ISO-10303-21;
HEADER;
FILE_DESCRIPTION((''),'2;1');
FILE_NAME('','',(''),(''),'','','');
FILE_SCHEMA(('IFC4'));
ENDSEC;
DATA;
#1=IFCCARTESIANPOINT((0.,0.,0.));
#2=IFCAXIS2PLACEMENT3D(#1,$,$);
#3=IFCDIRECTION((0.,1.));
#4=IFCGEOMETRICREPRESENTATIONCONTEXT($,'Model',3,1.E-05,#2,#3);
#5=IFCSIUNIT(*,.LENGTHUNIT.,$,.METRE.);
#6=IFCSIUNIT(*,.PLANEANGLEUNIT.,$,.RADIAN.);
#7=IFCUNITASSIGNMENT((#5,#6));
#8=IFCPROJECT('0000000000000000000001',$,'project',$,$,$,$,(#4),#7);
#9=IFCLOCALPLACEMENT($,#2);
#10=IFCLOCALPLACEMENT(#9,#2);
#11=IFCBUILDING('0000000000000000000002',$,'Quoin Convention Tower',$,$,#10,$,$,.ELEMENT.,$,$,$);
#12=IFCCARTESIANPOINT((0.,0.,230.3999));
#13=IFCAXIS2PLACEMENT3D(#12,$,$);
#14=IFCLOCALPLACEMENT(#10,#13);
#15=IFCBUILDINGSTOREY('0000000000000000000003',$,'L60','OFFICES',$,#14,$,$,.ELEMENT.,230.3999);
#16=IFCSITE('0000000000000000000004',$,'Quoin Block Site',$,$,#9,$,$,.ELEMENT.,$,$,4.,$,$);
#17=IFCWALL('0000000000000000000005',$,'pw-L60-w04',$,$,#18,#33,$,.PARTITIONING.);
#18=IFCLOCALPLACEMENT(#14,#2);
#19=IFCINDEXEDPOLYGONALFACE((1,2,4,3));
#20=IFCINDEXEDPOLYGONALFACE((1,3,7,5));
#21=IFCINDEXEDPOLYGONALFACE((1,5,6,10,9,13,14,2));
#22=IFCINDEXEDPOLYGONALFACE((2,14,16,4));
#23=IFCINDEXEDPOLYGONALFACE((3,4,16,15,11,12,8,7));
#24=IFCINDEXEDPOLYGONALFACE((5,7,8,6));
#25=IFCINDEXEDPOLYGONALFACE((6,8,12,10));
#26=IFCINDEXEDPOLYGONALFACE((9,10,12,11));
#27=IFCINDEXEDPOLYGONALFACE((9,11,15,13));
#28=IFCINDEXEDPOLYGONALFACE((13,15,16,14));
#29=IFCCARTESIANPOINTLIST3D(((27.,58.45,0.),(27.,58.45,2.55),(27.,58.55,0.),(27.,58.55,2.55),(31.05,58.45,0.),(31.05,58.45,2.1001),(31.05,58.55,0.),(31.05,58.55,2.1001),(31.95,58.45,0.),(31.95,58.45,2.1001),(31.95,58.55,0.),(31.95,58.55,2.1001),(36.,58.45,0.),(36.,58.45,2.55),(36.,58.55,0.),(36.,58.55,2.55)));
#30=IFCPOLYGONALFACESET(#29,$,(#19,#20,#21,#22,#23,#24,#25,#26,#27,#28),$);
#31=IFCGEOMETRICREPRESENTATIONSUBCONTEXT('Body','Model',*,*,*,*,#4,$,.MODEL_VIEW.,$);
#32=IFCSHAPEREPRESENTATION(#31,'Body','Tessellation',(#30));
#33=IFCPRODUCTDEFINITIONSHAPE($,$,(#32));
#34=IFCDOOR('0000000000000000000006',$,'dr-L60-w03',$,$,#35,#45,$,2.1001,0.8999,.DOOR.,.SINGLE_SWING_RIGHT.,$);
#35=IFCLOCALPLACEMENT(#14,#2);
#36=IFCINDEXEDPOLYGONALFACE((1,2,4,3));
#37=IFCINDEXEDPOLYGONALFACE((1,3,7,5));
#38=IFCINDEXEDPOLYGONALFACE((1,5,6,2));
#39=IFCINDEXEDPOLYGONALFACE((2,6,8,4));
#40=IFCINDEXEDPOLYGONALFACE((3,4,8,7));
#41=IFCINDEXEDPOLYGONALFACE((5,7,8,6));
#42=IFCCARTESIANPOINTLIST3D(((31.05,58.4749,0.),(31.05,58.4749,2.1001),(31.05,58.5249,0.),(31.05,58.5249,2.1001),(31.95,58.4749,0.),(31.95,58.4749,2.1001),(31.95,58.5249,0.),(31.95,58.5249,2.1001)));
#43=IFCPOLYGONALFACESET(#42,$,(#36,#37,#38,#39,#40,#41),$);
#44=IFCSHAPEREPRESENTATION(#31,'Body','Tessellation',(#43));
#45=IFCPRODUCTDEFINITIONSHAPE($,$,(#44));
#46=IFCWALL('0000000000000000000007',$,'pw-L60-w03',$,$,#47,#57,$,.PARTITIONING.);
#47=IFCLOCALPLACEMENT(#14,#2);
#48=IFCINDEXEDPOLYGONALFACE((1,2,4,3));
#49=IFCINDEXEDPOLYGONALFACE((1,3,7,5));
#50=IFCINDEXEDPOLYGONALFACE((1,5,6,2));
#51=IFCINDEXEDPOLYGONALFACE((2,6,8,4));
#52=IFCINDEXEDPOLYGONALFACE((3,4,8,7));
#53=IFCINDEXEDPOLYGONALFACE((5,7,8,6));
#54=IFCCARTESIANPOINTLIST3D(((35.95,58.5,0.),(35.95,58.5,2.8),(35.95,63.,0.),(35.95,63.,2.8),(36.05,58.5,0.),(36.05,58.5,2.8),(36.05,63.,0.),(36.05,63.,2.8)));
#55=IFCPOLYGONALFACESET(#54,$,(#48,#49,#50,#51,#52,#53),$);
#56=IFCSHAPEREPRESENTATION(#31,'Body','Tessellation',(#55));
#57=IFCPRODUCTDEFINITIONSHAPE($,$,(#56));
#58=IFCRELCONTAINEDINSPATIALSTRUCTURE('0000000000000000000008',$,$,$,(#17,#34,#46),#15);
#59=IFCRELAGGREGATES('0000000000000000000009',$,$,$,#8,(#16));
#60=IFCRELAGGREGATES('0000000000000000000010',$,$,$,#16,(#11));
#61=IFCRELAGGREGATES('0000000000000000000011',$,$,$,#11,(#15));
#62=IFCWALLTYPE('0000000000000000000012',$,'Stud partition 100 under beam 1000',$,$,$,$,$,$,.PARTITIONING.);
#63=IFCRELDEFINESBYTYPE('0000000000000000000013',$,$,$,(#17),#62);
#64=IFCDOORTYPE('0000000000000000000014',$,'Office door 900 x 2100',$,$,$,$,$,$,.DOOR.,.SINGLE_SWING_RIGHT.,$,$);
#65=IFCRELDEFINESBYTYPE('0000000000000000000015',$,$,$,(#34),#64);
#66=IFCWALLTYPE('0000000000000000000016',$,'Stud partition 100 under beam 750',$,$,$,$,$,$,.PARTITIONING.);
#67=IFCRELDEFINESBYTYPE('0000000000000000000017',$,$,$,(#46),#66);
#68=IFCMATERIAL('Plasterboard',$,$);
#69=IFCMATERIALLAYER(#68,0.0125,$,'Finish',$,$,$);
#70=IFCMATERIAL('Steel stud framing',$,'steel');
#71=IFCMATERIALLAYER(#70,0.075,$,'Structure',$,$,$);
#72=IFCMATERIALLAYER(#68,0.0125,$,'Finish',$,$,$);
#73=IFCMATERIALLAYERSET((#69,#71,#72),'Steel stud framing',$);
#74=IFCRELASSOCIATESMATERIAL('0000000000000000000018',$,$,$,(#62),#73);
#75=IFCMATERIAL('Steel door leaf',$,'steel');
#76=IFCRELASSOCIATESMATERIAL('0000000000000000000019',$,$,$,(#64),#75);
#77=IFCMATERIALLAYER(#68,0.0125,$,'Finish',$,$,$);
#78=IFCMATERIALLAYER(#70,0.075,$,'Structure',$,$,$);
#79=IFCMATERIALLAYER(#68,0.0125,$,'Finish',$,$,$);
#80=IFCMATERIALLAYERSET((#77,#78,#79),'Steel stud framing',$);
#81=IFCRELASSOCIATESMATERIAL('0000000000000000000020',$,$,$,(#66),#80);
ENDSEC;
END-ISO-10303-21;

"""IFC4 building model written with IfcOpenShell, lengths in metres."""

from ifc_helpers import new_model, si_unit, direction, frame, frame_2d, origin, place, context, subcontext, project, spatial, rectangle, extrude, material, layer, layer_set, type_object, element, fill, save


model = new_model("IFC4")

# Units and contexts
model_context = context("Model", 3, precision=1e-05, world=origin(), true_north=direction((0.0, 1.0)))
body_context = subcontext(model_context, "Body", "Model", "MODEL_VIEW")
ifc_project = project(units=[si_unit("LENGTHUNIT", "METRE"), si_unit("PLANEANGLEUNIT", "RADIAN")], contexts=[model_context])

# Site, building, storey
site_placement = place(None, origin())
site = spatial("IfcSite", under=ifc_project, at=site_placement, Name="Quoin Block Site", CompositionType="ELEMENT", RefElevation=4.0)
building_placement = place(site_placement, origin())
building = spatial("IfcBuilding", under=site, at=building_placement, Name="Quoin Convention Tower", CompositionType="ELEMENT")
storey_placement = place(building_placement, frame((0.0, 0.0, 230.3999)))
storey = spatial("IfcBuildingStorey", under=building, at=storey_placement, Name="L60", Description="OFFICES", CompositionType="ELEMENT", Elevation=230.3999)

# Shared definitions
ifc_material_1 = material(Name="Plasterboard")
ifc_material_2 = material(Name="Steel stud framing", Category="steel")

# Wall, opening, door
ifc_layer_1 = layer(ifc_material_1, 0.0125, Name="Finish")
ifc_layer_2 = layer(ifc_material_2, 0.075, Name="Structure")
ifc_layer_3 = layer(ifc_material_1, 0.0125, Name="Finish")
ifc_layer_set_1 = layer_set([ifc_layer_1, ifc_layer_2, ifc_layer_3], Name="Steel stud framing")
wall_type_1 = type_object("IfcWallType", Name="Stud partition 100 under beam 1000", PredefinedType="PARTITIONING", material=ifc_layer_set_1)
wall_1_placement = place(storey_placement, frame((36.0, 58.5, 0.0), z_axis=(0.0, 0.0, 1.0), x_axis=(-1.0, 0.0, 0.0)))
wall_1 = element("IfcWall", 1, at=wall_1_placement, inside=storey, type_object=wall_type_1, Name="pw-L60-w04", PredefinedType="PARTITIONING", context=body_context, shape_type="SweptSolid", body=[
    extrude(rectangle(XDim=9.0, YDim=0.1001, at=frame_2d((4.5, 0.0))), origin(), (0.0, 0.0, 1.0), 2.55),
])
opening_1_placement = place(wall_1_placement, frame((4.05, 0.0, 0.0)))
opening_1 = element("IfcOpeningElement", 2, at=opening_1_placement, cuts=wall_1, PredefinedType="OPENING", context=body_context, shape_type="SweptSolid", body=[
    extrude(rectangle(XDim=0.8999, YDim=2.1001, at=frame_2d((0.45, 1.05))), frame((0.0, 0.0601, 0.0), z_axis=(0.0, -1.0, 0.0), x_axis=(1.0, 0.0, 0.0)), (0.0, 0.0, 1.0), 0.1201),
])
ifc_material_3 = material(Name="Steel door leaf", Category="steel")
door_type = type_object("IfcDoorType", Name="Office door 900 x 2100", OperationType="SINGLE_SWING_RIGHT", PredefinedType="DOOR", material=ifc_material_3)
door_placement = place(opening_1_placement, frame((0.8999, 0.0, 0.0), z_axis=(0.0, 0.0, 1.0), x_axis=(-1.0, 0.0, 0.0)))
door = element("IfcDoor", 3, at=door_placement, inside=storey, type_object=door_type, Name="dr-L60-w03", OperationType="SINGLE_SWING_RIGHT", OverallHeight=2.1001, OverallWidth=0.8999, PredefinedType="DOOR", context=body_context, shape_type="SweptSolid", body=[
    extrude(rectangle(XDim=0.8999, YDim=2.1001, at=frame_2d((0.45, 1.05))), frame((0.0, 0.0249, 0.0), z_axis=(0.0, -1.0, 0.0), x_axis=(1.0, 0.0, 0.0)), (0.0, 0.0, 1.0), 0.05),
])
fill(opening_1, door)

# Wall
ifc_layer_4 = layer(ifc_material_1, 0.0125, Name="Finish")
ifc_layer_5 = layer(ifc_material_2, 0.075, Name="Structure")
ifc_layer_6 = layer(ifc_material_1, 0.0125, Name="Finish")
ifc_layer_set_2 = layer_set([ifc_layer_4, ifc_layer_5, ifc_layer_6], Name="Steel stud framing")
wall_type_2 = type_object("IfcWallType", Name="Stud partition 100 under beam 750", PredefinedType="PARTITIONING", material=ifc_layer_set_2)
wall_2_placement = place(storey_placement, frame((36.0, 63.0, 0.0), z_axis=(0.0, 0.0, 1.0), x_axis=(0.0, -1.0, 0.0)))
element("IfcWall", 4, at=wall_2_placement, inside=storey, type_object=wall_type_2, Name="pw-L60-w03", PredefinedType="PARTITIONING", context=body_context, shape_type="SweptSolid", body=[
    extrude(rectangle(XDim=4.5, YDim=0.1001, at=frame_2d((2.25, 0.0))), origin(), (0.0, 0.0, 1.0), 2.8),
])

save(model, "model.ifc")
